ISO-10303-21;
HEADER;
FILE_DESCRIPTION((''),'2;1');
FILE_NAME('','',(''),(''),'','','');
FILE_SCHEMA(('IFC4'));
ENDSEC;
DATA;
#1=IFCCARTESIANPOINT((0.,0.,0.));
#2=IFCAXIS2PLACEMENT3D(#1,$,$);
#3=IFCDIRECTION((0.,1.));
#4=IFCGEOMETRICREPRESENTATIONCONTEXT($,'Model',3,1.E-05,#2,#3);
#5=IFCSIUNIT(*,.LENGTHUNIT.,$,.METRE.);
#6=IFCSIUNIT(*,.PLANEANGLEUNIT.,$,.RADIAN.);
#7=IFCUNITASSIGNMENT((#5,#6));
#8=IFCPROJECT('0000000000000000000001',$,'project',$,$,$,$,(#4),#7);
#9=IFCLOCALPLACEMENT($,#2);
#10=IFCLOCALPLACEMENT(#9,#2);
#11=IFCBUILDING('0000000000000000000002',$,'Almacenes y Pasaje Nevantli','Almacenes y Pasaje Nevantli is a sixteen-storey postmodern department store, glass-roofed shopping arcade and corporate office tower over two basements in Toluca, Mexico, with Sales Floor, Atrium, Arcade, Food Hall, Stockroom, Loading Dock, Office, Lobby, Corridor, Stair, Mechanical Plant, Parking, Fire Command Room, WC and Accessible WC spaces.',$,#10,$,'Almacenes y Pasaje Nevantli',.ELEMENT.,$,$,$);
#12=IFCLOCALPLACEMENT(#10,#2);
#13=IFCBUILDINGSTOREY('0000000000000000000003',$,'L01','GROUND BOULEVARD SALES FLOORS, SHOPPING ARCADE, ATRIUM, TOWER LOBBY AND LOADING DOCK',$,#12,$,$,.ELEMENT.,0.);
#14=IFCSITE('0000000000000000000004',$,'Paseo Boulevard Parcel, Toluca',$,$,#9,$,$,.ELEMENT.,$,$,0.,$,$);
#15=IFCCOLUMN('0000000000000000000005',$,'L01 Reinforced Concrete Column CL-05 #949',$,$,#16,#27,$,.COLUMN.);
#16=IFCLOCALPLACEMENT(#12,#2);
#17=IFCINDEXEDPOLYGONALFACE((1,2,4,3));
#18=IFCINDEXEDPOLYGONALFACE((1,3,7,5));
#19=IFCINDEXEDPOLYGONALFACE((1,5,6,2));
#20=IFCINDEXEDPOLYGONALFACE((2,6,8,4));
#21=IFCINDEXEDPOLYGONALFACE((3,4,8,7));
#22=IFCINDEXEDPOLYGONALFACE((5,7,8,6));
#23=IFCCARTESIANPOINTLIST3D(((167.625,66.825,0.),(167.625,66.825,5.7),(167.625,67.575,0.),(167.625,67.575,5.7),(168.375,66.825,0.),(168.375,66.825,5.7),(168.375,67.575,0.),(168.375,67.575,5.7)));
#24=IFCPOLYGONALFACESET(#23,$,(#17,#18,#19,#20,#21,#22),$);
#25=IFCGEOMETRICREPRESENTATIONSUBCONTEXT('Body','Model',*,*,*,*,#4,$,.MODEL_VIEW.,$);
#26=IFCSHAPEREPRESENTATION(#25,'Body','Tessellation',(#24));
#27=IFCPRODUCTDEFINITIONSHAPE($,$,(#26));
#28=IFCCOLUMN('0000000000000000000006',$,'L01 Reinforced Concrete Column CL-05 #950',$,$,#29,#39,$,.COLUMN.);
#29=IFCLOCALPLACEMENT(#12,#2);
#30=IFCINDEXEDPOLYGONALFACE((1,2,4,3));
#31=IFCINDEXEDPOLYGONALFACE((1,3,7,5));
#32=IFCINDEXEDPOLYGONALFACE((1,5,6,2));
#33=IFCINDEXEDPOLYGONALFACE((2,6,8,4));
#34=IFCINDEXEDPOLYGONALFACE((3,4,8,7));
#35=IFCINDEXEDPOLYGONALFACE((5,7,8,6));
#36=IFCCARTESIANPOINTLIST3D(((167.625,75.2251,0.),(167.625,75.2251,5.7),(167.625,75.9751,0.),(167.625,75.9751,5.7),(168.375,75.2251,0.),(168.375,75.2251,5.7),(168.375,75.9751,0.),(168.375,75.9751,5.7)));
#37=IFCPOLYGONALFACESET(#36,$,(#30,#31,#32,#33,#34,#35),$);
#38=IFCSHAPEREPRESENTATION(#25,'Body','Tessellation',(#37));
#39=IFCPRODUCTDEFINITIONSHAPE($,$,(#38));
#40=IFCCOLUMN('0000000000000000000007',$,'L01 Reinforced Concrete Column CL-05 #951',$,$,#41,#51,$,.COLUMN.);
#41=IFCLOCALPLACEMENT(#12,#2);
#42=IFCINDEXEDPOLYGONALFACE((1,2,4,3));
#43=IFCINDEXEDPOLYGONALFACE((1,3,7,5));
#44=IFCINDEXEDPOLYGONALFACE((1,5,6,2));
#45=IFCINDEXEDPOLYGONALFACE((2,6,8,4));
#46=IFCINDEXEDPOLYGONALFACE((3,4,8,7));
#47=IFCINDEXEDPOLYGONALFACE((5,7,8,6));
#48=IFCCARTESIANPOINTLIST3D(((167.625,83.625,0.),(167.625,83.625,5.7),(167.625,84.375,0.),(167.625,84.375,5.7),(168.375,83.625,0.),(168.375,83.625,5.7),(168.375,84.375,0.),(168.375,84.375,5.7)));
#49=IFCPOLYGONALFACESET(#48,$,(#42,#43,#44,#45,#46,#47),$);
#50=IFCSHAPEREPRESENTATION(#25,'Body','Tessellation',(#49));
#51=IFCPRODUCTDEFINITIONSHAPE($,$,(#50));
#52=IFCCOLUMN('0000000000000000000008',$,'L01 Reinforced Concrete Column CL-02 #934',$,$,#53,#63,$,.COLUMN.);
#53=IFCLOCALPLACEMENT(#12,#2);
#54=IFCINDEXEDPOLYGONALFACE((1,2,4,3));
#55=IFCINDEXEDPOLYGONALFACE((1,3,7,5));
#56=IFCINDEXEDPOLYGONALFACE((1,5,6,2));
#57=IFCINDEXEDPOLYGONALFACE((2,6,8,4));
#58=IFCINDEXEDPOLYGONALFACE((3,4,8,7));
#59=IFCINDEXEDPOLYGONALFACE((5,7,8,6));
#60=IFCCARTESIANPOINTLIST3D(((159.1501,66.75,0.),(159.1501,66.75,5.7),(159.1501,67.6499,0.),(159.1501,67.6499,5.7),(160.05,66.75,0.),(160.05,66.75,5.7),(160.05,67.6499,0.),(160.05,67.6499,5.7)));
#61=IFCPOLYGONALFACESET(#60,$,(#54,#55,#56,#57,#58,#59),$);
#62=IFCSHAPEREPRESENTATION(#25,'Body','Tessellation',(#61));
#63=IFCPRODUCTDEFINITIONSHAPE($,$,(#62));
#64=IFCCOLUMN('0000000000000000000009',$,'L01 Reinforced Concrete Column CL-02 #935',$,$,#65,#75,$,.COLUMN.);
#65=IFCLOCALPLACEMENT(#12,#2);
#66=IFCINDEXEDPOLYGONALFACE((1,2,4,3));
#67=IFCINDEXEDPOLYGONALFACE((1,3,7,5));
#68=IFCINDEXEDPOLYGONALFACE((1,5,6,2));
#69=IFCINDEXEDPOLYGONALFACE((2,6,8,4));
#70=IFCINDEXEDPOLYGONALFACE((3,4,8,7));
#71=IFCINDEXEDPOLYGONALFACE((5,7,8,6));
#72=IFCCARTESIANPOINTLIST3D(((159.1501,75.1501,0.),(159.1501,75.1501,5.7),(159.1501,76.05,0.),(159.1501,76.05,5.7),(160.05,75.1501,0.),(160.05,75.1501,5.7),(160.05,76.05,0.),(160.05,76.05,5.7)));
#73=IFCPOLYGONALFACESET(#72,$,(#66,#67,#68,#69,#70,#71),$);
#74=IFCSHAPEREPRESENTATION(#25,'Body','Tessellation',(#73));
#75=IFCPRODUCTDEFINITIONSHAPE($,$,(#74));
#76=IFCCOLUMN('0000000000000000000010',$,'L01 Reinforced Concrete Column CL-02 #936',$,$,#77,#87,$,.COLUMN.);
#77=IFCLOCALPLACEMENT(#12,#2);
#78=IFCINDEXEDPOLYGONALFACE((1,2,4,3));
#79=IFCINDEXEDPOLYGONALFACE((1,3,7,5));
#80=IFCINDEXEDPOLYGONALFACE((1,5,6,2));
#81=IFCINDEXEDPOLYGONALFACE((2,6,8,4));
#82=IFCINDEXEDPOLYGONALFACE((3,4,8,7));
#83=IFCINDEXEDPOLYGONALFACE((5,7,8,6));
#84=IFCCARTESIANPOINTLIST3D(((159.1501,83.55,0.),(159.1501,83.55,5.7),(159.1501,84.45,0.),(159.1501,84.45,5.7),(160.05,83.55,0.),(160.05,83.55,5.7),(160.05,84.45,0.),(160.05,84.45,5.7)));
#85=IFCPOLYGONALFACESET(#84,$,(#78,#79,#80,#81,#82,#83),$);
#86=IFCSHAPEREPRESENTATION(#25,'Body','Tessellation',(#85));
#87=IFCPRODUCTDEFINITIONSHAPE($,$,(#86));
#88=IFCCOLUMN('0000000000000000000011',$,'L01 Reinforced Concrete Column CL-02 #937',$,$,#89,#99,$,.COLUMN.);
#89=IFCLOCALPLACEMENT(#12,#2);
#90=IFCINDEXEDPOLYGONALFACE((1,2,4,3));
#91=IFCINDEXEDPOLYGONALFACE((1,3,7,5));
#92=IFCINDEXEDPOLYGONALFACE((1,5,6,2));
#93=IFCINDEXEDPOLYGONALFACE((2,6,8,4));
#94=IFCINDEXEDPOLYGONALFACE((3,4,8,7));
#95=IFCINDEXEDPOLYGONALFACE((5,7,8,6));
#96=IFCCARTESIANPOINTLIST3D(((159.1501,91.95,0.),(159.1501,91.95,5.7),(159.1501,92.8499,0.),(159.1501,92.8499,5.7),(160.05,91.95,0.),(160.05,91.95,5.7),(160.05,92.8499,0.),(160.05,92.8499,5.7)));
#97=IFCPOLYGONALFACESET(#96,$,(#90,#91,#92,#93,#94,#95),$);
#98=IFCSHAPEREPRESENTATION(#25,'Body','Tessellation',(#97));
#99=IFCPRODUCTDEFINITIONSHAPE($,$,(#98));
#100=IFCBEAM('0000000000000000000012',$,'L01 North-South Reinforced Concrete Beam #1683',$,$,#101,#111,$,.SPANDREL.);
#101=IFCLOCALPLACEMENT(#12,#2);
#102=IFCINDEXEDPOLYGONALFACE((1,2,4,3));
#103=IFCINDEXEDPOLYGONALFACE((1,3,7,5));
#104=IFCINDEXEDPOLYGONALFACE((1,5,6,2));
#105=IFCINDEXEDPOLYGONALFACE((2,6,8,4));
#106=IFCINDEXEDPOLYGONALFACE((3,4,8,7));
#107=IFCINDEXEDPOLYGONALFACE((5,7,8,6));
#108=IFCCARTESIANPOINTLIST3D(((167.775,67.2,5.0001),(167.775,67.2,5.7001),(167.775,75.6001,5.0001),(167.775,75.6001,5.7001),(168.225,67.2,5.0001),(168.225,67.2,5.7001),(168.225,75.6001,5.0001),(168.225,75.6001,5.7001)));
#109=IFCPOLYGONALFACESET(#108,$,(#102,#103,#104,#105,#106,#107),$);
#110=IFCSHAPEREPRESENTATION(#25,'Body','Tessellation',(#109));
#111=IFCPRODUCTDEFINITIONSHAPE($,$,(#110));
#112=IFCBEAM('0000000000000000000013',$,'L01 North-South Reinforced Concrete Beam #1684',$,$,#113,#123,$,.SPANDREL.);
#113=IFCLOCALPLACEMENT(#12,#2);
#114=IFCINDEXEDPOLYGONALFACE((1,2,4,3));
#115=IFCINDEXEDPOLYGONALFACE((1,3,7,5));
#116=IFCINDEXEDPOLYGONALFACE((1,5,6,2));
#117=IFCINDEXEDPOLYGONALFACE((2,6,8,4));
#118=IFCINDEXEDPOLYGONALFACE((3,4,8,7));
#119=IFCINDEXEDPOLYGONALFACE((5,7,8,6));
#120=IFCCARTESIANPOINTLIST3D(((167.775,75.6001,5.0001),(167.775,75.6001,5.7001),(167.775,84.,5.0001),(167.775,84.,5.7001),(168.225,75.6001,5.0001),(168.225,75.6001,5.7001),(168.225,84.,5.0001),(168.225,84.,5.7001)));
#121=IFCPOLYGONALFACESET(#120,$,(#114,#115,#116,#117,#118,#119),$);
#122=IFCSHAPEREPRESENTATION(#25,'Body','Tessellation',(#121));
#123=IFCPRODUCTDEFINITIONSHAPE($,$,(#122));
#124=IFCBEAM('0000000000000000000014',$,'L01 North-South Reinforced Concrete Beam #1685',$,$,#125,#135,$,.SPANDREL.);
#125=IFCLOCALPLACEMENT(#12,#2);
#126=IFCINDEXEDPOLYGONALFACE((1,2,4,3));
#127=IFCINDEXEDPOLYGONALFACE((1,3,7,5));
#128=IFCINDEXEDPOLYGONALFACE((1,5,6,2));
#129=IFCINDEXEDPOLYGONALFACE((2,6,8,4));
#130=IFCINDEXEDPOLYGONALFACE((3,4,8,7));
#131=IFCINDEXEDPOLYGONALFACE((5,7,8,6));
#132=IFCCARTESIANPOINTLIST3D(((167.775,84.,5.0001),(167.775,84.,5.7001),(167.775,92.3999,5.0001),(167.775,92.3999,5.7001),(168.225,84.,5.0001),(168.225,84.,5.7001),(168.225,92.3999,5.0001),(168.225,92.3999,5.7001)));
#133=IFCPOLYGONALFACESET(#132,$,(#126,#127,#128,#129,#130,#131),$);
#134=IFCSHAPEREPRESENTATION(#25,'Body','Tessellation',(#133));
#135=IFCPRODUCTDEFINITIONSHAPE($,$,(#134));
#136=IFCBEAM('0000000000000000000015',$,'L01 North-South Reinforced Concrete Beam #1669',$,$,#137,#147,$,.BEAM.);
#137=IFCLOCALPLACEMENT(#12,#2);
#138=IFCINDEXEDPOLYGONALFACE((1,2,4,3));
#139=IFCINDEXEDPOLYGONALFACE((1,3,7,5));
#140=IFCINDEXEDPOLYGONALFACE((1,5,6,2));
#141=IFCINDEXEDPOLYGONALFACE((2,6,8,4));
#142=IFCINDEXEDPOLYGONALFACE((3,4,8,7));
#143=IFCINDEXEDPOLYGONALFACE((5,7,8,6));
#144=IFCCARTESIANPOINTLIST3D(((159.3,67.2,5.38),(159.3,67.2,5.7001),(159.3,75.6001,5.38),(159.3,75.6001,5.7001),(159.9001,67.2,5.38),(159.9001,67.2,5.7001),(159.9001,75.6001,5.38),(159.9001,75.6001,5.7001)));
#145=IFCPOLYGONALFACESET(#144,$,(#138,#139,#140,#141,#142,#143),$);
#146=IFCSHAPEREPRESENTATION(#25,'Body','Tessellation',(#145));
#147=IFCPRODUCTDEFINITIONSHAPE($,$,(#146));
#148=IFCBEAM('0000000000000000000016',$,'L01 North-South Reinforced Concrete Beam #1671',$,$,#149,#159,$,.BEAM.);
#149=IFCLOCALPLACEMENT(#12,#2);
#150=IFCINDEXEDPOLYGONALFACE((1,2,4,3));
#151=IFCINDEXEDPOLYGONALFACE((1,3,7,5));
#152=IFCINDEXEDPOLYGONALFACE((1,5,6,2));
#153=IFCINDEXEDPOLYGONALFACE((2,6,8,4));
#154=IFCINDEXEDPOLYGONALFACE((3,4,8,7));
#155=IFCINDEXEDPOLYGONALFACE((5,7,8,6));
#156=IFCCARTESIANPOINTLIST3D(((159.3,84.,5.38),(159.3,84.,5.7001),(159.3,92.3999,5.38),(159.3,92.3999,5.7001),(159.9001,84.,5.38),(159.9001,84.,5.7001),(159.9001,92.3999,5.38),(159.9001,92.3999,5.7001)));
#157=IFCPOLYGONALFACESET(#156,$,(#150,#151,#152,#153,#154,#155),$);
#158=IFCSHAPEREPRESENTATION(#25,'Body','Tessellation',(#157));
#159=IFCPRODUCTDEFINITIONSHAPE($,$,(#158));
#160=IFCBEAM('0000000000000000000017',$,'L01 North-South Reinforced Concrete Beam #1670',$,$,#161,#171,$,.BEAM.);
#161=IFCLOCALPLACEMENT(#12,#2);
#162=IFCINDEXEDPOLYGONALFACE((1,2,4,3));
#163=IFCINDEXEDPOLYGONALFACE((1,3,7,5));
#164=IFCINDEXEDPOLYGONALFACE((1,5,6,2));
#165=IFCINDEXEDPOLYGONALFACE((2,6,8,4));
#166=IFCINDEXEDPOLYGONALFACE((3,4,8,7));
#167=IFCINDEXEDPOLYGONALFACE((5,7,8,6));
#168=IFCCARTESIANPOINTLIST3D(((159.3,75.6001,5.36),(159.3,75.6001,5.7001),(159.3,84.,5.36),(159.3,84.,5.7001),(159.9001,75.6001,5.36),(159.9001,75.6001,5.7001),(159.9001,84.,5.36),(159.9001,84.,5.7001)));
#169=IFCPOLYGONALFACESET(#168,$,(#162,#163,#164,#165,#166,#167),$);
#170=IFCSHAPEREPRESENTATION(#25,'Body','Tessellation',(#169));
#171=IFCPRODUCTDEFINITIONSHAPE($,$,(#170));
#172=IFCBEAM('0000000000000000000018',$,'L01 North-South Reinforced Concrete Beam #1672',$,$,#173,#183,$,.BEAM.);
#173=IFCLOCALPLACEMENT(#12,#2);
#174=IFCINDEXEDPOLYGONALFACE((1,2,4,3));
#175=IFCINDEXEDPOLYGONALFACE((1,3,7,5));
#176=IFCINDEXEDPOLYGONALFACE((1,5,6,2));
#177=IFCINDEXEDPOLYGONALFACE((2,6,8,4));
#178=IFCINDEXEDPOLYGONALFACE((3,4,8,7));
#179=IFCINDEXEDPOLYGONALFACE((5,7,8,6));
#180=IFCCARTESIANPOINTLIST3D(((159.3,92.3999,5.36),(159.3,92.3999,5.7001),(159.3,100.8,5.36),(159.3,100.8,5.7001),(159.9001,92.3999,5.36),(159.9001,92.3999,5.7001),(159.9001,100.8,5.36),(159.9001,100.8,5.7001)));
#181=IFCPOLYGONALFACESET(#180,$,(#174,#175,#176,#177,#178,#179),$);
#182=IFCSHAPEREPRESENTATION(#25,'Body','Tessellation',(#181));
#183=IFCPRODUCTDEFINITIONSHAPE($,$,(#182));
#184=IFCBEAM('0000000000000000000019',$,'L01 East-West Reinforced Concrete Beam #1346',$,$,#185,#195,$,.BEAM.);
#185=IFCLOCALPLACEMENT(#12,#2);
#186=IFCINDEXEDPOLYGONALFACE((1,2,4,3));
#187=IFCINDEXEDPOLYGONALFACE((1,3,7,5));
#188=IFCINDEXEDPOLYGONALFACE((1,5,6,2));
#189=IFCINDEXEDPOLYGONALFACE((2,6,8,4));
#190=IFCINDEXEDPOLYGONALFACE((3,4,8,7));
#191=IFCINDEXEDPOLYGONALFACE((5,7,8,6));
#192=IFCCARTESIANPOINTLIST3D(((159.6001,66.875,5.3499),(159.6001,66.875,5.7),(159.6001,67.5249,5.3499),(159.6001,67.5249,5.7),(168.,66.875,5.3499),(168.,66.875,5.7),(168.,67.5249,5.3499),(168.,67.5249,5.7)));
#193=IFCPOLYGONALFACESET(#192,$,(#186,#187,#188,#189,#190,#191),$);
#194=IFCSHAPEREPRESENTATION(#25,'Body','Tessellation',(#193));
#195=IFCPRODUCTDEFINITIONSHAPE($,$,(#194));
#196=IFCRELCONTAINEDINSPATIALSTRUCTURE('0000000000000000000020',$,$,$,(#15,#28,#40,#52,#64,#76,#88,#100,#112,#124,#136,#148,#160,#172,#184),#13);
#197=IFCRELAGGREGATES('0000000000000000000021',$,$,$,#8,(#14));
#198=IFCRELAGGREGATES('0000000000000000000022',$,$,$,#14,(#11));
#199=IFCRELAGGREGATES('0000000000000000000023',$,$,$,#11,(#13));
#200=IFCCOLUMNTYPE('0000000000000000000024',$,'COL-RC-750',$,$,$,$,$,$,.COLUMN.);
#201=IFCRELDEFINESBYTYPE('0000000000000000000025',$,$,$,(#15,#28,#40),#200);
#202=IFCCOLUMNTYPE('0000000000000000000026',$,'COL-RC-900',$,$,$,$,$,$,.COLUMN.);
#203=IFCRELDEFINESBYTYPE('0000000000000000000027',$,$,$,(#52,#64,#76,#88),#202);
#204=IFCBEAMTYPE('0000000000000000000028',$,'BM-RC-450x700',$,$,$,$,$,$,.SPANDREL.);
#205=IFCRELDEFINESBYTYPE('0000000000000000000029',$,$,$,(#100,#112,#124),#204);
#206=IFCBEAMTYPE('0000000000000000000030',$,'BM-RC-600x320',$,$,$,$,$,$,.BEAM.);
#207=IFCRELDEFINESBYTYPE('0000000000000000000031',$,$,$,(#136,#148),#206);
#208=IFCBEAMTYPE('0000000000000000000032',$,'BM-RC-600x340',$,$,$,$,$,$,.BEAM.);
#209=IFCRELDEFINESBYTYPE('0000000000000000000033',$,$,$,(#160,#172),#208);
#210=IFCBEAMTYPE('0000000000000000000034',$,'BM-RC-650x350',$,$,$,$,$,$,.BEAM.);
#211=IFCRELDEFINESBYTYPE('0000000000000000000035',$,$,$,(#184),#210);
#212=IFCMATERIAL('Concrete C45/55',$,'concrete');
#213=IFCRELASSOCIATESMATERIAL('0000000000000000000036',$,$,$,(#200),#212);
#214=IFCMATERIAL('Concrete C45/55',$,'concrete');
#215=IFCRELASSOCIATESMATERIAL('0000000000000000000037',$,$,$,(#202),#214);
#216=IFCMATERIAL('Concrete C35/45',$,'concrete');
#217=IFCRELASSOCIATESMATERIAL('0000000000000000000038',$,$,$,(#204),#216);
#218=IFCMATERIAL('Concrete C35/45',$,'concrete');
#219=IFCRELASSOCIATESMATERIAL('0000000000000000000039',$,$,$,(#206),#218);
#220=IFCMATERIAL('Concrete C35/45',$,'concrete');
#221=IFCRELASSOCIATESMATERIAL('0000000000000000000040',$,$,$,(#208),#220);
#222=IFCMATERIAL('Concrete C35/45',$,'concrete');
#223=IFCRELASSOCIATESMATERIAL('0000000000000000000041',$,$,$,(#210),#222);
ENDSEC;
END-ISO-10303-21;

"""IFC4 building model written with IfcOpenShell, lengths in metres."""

from ifc_helpers import new_model, si_unit, direction, frame, origin, origin_2d, place, context, subcontext, project, spatial, rectangle, extrude, material, material_profile, profile_set, type_object, element, save


model = new_model("IFC4")

# Units and contexts
model_context = context("Model", 3, precision=1e-05, world=origin(), true_north=direction((0.0, 1.0)))
body_context = subcontext(model_context, "Body", "Model", "MODEL_VIEW")
ifc_project = project(units=[si_unit("LENGTHUNIT", "METRE"), si_unit("PLANEANGLEUNIT", "RADIAN")], contexts=[model_context])

# Site, building, storey
site_placement = place(None, origin())
site = spatial("IfcSite", under=ifc_project, at=site_placement, Name="Paseo Boulevard Parcel, Toluca", CompositionType="ELEMENT", RefElevation=0.0)
building_placement = place(site_placement, origin())
building = spatial("IfcBuilding", under=site, at=building_placement, Name="Almacenes y Pasaje Nevantli", Description="Almacenes y Pasaje Nevantli is a sixteen-storey postmodern department store, glass-roofed shopping arcade and corporate office tower over two basements in Toluca, Mexico, with Sales Floor, Atrium, Arcade, Food Hall, Stockroom, Loading Dock, Office, Lobby, Corridor, Stair, Mechanical Plant, Parking, Fire Command Room, WC and Accessible WC spaces.", LongName="Almacenes y Pasaje Nevantli", CompositionType="ELEMENT")
storey_placement = place(building_placement, origin())
storey = spatial("IfcBuildingStorey", under=building, at=storey_placement, Name="L01", Description="GROUND BOULEVARD SALES FLOORS, SHOPPING ARCADE, ATRIUM, TOWER LOBBY AND LOADING DOCK", CompositionType="ELEMENT", Elevation=0.0)

# Columns
ifc_material_1 = material(Name="Concrete C45/55", Category="concrete")
ifc_material_profile_1 = material_profile(ifc_material_1, rectangle(XDim=0.75, YDim=0.75, at=origin_2d()), Name="RC-COL-750x750")
ifc_profile_set_1 = profile_set([ifc_material_profile_1], Name="Concrete C45/55")
column_type_1 = type_object("IfcColumnType", Name="COL-RC-750", PredefinedType="COLUMN", material=ifc_profile_set_1)
for number, where, z_axis, x_axis, name in (
    (1, (168.0, 67.2, 0.0), (0.0, 0.0, 1.0), (1.0, 0.0, 0.0), "L01 Reinforced Concrete Column CL-05 #949"),
    (2, (168.0, 75.6001, 0.0), (0.0, 0.0, 1.0), (1.0, 0.0, 0.0), "L01 Reinforced Concrete Column CL-05 #950"),
    (3, (168.0, 84.0, 0.0), (0.0, 0.0, 1.0), (1.0, 0.0, 0.0), "L01 Reinforced Concrete Column CL-05 #951"),
):
    element("IfcColumn", number, at=place(storey_placement, frame(where, z_axis=z_axis, x_axis=x_axis)), inside=storey, type_object=column_type_1, Name=name, PredefinedType="COLUMN", context=body_context, shape_type="SweptSolid", body=[
        extrude(rectangle(XDim=0.75, YDim=0.75, at=origin_2d()), origin(), (0.0, 0.0, 1.0), 5.7),
    ])
ifc_material_2 = material(Name="Concrete C45/55", Category="concrete")
ifc_material_profile_2 = material_profile(ifc_material_2, rectangle(XDim=0.8999, YDim=0.8999, at=origin_2d()), Name="RC-COL-900x900")
ifc_profile_set_2 = profile_set([ifc_material_profile_2], Name="Concrete C45/55")
column_type_2 = type_object("IfcColumnType", Name="COL-RC-900", PredefinedType="COLUMN", material=ifc_profile_set_2)
for number, where, z_axis, x_axis, name in (
    (4, (159.6001, 67.2, 0.0), (0.0, 0.0, 1.0), (1.0, 0.0, 0.0), "L01 Reinforced Concrete Column CL-02 #934"),
    (5, (159.6001, 75.6001, 0.0), (0.0, 0.0, 1.0), (1.0, 0.0, 0.0), "L01 Reinforced Concrete Column CL-02 #935"),
    (6, (159.6001, 84.0, 0.0), (0.0, 0.0, 1.0), (1.0, 0.0, 0.0), "L01 Reinforced Concrete Column CL-02 #936"),
    (7, (159.6001, 92.3999, 0.0), (0.0, 0.0, 1.0), (1.0, 0.0, 0.0), "L01 Reinforced Concrete Column CL-02 #937"),
):
    element("IfcColumn", number, at=place(storey_placement, frame(where, z_axis=z_axis, x_axis=x_axis)), inside=storey, type_object=column_type_2, Name=name, PredefinedType="COLUMN", context=body_context, shape_type="SweptSolid", body=[
        extrude(rectangle(XDim=0.8999, YDim=0.8999, at=origin_2d()), origin(), (0.0, 0.0, 1.0), 5.7),
    ])

# Beams
ifc_material_3 = material(Name="Concrete C35/45", Category="concrete")
ifc_material_profile_3 = material_profile(ifc_material_3, rectangle(XDim=0.45, YDim=0.7, at=origin_2d()), Name="RC-BM-450x700")
ifc_profile_set_3 = profile_set([ifc_material_profile_3], Name="Concrete C35/45")
beam_type_1 = type_object("IfcBeamType", Name="BM-RC-450x700", PredefinedType="SPANDREL", material=ifc_profile_set_3)
beam_1_placement = place(storey_placement, frame((168.0, 67.2, 5.3501), z_axis=(0.0, 1.0, 0.0), x_axis=(-1.0, 0.0, 0.0)))
element("IfcBeam", 8, at=beam_1_placement, inside=storey, type_object=beam_type_1, Name="L01 North-South Reinforced Concrete Beam #1683", PredefinedType="SPANDREL", context=body_context, shape_type="SweptSolid", body=[
    extrude(rectangle(XDim=0.45, YDim=0.7, at=origin_2d()), origin(), (0.0, 0.0, 1.0), 8.4001),
])
for number, where, z_axis, x_axis, name in (
    (9, (168.0, 75.6001, 5.3501), (0.0, 1.0, 0.0), (-1.0, 0.0, 0.0), "L01 North-South Reinforced Concrete Beam #1684"),
    (10, (168.0, 84.0, 5.3501), (0.0, 1.0, 0.0), (-1.0, 0.0, 0.0), "L01 North-South Reinforced Concrete Beam #1685"),
):
    element("IfcBeam", number, at=place(storey_placement, frame(where, z_axis=z_axis, x_axis=x_axis)), inside=storey, type_object=beam_type_1, Name=name, PredefinedType="SPANDREL", context=body_context, shape_type="SweptSolid", body=[
        extrude(rectangle(XDim=0.45, YDim=0.7, at=origin_2d()), origin(), (0.0, 0.0, 1.0), 8.3999),
    ])
ifc_material_4 = material(Name="Concrete C35/45", Category="concrete")
ifc_material_profile_4 = material_profile(ifc_material_4, rectangle(XDim=0.6001, YDim=0.3201, at=origin_2d()), Name="RC-BM-600x320")
ifc_profile_set_4 = profile_set([ifc_material_profile_4], Name="Concrete C35/45")
beam_type_2 = type_object("IfcBeamType", Name="BM-RC-600x320", PredefinedType="BEAM", material=ifc_profile_set_4)
beam_2_placement = place(storey_placement, frame((159.6001, 67.2, 5.54), z_axis=(0.0, 1.0, 0.0), x_axis=(-1.0, 0.0, 0.0)))
element("IfcBeam", 11, at=beam_2_placement, inside=storey, type_object=beam_type_2, Name="L01 North-South Reinforced Concrete Beam #1669", PredefinedType="BEAM", context=body_context, shape_type="SweptSolid", body=[
    extrude(rectangle(XDim=0.6001, YDim=0.3201, at=origin_2d()), origin(), (0.0, 0.0, 1.0), 8.4001),
])
beam_3_placement = place(storey_placement, frame((159.6001, 84.0, 5.54), z_axis=(0.0, 1.0, 0.0), x_axis=(-1.0, 0.0, 0.0)))
element("IfcBeam", 12, at=beam_3_placement, inside=storey, type_object=beam_type_2, Name="L01 North-South Reinforced Concrete Beam #1671", PredefinedType="BEAM", context=body_context, shape_type="SweptSolid", body=[
    extrude(rectangle(XDim=0.6001, YDim=0.3201, at=origin_2d()), origin(), (0.0, 0.0, 1.0), 8.3999),
])
ifc_material_5 = material(Name="Concrete C35/45", Category="concrete")
ifc_material_profile_5 = material_profile(ifc_material_5, rectangle(XDim=0.6001, YDim=0.3401, at=origin_2d()), Name="RC-BM-600x340")
ifc_profile_set_5 = profile_set([ifc_material_profile_5], Name="Concrete C35/45")
beam_type_3 = type_object("IfcBeamType", Name="BM-RC-600x340", PredefinedType="BEAM", material=ifc_profile_set_5)
beam_4_placement = place(storey_placement, frame((159.6001, 75.6001, 5.53), z_axis=(0.0, 1.0, 0.0), x_axis=(-1.0, 0.0, 0.0)))
element("IfcBeam", 13, at=beam_4_placement, inside=storey, type_object=beam_type_3, Name="L01 North-South Reinforced Concrete Beam #1670", PredefinedType="BEAM", context=body_context, shape_type="SweptSolid", body=[
    extrude(rectangle(XDim=0.6001, YDim=0.3401, at=origin_2d()), origin(), (0.0, 0.0, 1.0), 8.3999),
])
beam_5_placement = place(storey_placement, frame((159.6001, 92.3999, 5.53), z_axis=(0.0, 1.0, 0.0), x_axis=(-1.0, 0.0, 0.0)))
element("IfcBeam", 14, at=beam_5_placement, inside=storey, type_object=beam_type_3, Name="L01 North-South Reinforced Concrete Beam #1672", PredefinedType="BEAM", context=body_context, shape_type="SweptSolid", body=[
    extrude(rectangle(XDim=0.6001, YDim=0.3401, at=origin_2d()), origin(), (0.0, 0.0, 1.0), 8.4001),
])
ifc_material_6 = material(Name="Concrete C35/45", Category="concrete")
ifc_material_profile_6 = material_profile(ifc_material_6, rectangle(XDim=0.6499, YDim=0.3501, at=origin_2d()), Name="RC-BM-650x350")
ifc_profile_set_6 = profile_set([ifc_material_profile_6], Name="Concrete C35/45")
beam_type_4 = type_object("IfcBeamType", Name="BM-RC-650x350", PredefinedType="BEAM", material=ifc_profile_set_6)
for number, where, z_axis, x_axis, name in (
    (15, (159.6001, 67.2, 5.5249), (1.0, 0.0, 0.0), (0.0, 1.0, 0.0), "L01 East-West Reinforced Concrete Beam #1346"),
):
    element("IfcBeam", number, at=place(storey_placement, frame(where, z_axis=z_axis, x_axis=x_axis)), inside=storey, type_object=beam_type_4, Name=name, PredefinedType="BEAM", context=body_context, shape_type="SweptSolid", body=[
        extrude(rectangle(XDim=0.6499, YDim=0.3501, at=origin_2d()), origin(), (0.0, 0.0, 1.0), 8.3999),
    ])

save(model, "model.ifc")
